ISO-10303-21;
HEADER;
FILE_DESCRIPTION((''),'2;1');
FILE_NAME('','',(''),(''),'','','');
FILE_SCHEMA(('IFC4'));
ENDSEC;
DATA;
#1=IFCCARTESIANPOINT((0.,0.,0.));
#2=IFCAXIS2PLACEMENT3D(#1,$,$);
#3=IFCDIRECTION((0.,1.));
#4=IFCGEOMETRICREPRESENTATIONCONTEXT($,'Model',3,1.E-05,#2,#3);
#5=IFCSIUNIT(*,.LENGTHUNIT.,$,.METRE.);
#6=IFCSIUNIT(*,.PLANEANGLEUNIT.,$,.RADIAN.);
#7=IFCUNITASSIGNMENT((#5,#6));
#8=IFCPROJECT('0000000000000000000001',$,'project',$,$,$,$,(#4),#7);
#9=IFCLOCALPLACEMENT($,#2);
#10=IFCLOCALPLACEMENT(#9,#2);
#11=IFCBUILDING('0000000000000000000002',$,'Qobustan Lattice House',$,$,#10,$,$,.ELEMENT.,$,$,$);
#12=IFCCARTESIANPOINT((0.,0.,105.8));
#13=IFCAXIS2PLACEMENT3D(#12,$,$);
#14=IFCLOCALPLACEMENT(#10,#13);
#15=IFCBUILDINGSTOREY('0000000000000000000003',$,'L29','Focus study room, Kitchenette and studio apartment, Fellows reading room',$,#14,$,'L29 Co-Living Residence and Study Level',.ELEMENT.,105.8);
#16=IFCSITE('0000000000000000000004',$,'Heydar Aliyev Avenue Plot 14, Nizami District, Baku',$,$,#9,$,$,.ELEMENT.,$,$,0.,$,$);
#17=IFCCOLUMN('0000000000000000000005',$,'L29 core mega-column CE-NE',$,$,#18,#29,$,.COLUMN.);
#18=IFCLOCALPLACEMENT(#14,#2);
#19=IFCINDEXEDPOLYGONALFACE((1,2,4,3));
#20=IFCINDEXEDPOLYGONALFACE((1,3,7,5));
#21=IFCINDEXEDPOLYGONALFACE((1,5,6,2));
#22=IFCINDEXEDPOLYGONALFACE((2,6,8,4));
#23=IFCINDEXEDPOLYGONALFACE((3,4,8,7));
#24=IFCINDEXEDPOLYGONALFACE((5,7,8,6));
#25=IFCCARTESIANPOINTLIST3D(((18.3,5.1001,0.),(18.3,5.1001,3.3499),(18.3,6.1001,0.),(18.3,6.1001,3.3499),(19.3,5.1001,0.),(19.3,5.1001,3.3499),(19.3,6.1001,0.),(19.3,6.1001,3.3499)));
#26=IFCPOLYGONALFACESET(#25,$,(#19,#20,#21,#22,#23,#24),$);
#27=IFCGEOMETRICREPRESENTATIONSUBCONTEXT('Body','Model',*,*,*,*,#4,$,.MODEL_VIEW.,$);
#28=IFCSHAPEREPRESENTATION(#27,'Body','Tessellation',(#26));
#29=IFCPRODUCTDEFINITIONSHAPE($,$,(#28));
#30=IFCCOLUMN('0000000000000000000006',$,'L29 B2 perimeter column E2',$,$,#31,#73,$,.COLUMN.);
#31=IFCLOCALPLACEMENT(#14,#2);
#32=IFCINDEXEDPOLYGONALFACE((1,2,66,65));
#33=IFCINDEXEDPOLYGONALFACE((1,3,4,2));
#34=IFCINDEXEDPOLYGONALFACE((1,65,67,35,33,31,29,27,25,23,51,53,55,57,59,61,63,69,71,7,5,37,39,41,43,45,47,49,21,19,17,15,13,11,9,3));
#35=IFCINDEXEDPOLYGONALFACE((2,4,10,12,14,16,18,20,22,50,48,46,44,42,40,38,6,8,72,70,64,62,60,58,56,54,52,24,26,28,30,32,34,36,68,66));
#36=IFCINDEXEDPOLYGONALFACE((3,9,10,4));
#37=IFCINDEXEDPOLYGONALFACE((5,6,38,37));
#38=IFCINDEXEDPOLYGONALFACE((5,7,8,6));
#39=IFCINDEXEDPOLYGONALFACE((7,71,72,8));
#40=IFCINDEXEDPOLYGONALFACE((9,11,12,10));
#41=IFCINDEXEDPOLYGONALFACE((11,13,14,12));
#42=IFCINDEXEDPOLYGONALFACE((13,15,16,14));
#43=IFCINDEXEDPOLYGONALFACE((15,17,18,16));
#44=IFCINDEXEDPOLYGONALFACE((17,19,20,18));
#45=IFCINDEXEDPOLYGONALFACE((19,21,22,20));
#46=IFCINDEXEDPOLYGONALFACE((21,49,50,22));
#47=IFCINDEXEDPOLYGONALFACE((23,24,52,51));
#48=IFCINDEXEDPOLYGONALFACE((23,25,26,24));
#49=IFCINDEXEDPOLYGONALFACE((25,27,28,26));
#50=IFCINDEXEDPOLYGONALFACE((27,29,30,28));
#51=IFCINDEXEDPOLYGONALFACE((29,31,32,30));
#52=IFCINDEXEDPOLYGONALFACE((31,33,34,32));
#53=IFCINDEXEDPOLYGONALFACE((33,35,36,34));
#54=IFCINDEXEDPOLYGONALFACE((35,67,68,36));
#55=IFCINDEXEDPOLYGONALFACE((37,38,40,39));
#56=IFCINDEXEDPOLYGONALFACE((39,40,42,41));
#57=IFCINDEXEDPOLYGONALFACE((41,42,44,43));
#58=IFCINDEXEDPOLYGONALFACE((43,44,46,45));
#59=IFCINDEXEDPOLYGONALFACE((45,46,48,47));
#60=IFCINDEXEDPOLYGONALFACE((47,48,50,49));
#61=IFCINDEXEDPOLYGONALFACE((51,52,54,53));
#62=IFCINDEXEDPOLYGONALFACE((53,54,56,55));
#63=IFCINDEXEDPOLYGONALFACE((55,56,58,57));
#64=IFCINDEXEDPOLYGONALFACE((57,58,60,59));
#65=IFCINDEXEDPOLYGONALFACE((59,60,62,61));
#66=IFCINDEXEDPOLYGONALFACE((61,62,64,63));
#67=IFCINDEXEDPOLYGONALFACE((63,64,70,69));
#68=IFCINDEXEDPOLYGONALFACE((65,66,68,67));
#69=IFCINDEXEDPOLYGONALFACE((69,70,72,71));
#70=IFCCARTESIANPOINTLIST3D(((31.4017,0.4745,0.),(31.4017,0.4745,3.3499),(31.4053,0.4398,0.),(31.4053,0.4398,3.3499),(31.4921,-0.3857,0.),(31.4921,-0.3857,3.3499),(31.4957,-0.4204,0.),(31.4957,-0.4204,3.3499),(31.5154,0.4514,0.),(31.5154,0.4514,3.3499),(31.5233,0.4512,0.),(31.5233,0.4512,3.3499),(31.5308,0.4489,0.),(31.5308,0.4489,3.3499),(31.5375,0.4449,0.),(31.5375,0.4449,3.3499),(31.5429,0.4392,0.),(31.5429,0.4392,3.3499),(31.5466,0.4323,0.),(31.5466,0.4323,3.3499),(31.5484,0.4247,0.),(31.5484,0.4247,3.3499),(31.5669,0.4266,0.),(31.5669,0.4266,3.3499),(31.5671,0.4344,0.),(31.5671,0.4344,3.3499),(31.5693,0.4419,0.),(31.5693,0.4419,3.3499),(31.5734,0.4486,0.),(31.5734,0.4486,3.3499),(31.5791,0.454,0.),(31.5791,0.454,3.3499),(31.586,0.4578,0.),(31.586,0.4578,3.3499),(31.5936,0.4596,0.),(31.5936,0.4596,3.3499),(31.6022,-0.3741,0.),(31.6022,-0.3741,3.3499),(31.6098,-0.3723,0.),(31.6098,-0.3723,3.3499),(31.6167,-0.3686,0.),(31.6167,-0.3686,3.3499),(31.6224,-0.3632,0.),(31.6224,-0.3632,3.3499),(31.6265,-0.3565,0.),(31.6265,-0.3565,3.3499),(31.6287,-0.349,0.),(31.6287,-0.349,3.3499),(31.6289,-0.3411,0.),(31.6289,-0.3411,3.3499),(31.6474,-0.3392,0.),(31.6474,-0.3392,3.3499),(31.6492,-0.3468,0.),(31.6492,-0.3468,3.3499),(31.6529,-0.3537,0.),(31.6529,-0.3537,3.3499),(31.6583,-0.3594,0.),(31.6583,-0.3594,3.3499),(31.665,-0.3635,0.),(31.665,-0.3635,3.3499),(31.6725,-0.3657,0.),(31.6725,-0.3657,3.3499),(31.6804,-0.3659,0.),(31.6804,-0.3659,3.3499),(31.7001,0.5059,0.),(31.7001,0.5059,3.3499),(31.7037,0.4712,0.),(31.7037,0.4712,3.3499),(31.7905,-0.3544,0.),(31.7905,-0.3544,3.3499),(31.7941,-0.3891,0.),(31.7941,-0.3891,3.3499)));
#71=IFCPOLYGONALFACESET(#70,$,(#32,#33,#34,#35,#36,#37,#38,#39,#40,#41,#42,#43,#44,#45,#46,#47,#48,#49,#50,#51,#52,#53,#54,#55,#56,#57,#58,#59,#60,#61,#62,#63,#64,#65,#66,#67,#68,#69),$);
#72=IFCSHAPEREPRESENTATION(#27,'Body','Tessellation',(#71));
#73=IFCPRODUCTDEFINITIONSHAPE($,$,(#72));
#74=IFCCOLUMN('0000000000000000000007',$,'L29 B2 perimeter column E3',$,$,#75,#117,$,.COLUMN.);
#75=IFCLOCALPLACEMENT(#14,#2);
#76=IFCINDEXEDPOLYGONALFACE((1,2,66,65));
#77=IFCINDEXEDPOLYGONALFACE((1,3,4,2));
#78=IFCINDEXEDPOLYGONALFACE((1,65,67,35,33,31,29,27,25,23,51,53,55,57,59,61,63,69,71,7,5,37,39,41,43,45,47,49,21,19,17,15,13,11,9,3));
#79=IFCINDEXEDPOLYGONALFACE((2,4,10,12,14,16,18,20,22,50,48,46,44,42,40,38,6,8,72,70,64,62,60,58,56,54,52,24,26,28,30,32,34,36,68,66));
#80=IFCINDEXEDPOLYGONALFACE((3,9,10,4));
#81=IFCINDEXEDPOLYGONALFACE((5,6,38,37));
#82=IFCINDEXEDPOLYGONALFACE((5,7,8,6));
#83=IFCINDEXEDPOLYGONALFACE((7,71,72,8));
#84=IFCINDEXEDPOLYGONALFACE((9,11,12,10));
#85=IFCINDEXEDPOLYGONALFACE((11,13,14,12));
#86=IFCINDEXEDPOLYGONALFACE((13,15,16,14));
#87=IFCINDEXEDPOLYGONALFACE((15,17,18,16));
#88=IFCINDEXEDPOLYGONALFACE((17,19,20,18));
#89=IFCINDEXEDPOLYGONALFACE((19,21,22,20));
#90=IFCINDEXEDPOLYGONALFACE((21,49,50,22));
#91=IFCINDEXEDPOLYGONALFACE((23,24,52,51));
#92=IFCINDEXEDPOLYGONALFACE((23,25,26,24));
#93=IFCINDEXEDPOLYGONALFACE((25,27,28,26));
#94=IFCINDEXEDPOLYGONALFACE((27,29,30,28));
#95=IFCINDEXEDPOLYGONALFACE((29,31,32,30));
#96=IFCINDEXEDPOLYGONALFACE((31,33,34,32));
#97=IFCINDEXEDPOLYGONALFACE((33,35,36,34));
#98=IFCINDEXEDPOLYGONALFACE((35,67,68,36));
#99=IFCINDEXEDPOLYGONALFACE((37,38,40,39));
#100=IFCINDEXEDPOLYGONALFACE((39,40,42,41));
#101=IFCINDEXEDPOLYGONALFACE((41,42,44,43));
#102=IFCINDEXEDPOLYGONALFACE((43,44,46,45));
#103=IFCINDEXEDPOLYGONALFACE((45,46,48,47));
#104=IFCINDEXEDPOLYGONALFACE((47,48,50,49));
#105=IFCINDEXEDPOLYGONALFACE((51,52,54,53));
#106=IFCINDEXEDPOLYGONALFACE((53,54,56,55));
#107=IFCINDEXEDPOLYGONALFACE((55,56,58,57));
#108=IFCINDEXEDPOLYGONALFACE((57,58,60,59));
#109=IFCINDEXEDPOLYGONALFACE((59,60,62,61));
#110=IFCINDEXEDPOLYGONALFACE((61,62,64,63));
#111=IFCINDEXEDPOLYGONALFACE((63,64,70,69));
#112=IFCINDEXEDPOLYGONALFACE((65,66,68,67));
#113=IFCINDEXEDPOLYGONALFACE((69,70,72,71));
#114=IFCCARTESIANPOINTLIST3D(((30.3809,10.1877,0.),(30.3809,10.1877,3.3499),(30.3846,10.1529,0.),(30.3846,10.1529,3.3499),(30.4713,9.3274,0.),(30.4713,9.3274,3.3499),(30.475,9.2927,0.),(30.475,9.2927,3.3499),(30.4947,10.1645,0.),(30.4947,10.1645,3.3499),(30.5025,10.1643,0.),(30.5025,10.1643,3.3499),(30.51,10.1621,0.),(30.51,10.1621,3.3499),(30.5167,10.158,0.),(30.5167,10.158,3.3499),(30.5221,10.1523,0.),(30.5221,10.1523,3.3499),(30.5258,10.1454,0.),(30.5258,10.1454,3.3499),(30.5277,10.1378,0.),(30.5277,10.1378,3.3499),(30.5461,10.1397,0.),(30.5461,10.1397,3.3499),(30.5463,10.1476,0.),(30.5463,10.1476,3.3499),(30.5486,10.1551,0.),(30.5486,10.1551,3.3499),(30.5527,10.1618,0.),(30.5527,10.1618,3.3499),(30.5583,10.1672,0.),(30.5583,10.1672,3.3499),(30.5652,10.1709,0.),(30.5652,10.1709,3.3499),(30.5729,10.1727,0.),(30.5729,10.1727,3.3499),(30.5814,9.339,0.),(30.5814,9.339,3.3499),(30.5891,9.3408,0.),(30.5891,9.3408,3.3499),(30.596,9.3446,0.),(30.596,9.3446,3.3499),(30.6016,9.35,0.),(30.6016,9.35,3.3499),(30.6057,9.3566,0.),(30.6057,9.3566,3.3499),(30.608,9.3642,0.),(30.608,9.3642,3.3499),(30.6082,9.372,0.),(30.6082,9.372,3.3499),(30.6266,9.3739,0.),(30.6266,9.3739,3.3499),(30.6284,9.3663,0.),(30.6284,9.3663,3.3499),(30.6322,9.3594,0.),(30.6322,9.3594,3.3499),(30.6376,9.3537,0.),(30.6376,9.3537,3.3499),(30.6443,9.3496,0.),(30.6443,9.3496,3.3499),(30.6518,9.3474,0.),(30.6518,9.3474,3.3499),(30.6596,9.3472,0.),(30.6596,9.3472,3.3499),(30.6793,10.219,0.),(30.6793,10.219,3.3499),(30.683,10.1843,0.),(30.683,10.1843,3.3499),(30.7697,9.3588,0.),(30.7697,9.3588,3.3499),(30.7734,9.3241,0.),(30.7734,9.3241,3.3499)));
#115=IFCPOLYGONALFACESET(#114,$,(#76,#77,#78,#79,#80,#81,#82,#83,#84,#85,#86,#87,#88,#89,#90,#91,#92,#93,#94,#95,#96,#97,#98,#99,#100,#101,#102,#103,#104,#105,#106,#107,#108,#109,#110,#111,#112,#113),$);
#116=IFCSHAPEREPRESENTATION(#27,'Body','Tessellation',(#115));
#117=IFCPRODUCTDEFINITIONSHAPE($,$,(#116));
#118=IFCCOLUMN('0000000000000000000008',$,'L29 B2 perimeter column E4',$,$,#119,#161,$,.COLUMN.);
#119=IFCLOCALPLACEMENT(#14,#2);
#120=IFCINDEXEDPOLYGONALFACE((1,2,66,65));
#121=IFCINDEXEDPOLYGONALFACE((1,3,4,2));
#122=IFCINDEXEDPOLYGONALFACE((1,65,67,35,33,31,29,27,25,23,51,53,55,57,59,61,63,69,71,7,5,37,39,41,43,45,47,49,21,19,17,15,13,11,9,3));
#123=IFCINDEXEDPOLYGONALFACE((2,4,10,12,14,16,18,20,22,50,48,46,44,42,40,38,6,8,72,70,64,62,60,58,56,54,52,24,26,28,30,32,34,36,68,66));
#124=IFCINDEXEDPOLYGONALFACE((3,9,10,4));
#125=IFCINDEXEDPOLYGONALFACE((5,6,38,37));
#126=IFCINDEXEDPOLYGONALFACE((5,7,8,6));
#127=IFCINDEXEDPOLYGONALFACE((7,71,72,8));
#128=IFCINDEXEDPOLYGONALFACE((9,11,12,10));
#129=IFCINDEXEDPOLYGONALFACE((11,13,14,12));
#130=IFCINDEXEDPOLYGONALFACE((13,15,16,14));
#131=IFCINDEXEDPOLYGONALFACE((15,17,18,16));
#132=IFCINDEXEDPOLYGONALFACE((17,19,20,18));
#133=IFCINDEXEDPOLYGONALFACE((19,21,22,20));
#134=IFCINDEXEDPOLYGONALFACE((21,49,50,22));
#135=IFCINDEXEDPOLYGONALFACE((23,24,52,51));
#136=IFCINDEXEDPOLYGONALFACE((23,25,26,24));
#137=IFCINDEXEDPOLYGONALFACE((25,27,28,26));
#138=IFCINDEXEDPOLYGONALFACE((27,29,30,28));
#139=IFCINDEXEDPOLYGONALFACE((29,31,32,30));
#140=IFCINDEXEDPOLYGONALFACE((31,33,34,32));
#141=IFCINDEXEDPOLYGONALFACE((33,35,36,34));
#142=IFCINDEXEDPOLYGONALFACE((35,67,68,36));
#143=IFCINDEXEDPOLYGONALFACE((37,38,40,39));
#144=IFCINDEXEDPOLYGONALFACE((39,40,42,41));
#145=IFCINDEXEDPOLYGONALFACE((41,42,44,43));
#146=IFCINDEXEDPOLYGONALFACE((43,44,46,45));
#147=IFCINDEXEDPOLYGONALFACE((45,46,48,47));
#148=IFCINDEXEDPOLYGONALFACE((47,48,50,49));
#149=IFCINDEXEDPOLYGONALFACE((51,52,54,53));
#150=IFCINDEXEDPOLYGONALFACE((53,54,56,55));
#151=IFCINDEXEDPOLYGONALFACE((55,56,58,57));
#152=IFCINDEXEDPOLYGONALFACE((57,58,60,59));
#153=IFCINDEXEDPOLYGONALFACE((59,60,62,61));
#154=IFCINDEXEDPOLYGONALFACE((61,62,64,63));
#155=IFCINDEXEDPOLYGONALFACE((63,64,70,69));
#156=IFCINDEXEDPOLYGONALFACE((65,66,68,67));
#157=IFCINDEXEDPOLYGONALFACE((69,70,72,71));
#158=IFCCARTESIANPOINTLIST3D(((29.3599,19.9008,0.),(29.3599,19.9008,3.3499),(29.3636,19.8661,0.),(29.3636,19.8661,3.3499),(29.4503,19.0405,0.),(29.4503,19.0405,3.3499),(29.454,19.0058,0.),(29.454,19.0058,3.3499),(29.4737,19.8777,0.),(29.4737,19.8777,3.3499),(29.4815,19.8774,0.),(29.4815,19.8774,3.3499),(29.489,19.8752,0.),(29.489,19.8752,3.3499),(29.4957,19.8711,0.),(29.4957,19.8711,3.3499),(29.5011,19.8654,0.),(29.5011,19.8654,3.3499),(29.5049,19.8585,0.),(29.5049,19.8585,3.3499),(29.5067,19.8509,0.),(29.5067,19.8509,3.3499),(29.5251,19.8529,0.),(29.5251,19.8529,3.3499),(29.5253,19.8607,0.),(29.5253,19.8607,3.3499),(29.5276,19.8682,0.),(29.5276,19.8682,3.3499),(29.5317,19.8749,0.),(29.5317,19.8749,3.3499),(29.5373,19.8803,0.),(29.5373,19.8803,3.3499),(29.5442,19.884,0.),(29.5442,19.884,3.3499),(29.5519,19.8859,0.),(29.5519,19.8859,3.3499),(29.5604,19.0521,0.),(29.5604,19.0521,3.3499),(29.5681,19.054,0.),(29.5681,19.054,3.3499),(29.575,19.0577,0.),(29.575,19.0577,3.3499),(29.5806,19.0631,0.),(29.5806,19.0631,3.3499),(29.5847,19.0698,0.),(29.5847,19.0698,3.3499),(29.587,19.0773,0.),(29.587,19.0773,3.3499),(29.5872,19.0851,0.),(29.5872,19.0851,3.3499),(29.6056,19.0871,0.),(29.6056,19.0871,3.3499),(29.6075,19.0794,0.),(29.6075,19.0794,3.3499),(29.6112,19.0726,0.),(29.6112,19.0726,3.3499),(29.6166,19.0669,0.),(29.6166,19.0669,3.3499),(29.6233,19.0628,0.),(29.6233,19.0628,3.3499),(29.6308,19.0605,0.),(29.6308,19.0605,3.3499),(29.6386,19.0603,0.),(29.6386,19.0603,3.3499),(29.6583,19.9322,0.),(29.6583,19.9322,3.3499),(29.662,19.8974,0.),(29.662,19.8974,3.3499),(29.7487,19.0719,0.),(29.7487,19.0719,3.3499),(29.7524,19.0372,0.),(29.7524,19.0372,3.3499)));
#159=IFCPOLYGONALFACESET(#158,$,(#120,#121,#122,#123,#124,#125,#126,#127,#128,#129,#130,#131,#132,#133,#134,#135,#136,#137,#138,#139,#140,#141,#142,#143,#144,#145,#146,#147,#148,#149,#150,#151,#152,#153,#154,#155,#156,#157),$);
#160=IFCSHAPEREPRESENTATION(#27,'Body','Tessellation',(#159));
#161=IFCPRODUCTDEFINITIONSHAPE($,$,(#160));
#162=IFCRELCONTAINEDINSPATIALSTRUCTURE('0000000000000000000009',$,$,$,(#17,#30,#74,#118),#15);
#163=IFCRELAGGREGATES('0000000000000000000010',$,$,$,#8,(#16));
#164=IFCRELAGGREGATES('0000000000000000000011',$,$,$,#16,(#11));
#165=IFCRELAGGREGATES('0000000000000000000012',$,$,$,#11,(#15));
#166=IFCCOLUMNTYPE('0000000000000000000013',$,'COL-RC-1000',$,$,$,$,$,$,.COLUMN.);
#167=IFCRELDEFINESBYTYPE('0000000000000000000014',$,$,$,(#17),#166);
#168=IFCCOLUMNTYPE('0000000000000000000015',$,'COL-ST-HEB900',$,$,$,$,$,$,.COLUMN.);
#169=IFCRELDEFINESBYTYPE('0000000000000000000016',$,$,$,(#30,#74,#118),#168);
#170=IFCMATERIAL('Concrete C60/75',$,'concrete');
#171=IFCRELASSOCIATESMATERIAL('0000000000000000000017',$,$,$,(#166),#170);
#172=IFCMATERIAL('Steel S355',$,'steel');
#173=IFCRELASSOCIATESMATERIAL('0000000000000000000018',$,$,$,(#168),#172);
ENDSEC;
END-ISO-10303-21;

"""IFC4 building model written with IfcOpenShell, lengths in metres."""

from ifc_helpers import new_model, si_unit, direction, frame, origin, origin_2d, place, context, subcontext, project, spatial, rectangle, i_section, extrude, material, material_profile, profile_set, type_object, element, save


model = new_model("IFC4")

# Units and contexts
model_context = context("Model", 3, precision=1e-05, world=origin(), true_north=direction((0.0, 1.0)))
body_context = subcontext(model_context, "Body", "Model", "MODEL_VIEW")
ifc_project = project(units=[si_unit("LENGTHUNIT", "METRE"), si_unit("PLANEANGLEUNIT", "RADIAN")], contexts=[model_context])

# Site, building, storey
site_placement = place(None, origin())
site = spatial("IfcSite", under=ifc_project, at=site_placement, Name="Heydar Aliyev Avenue Plot 14, Nizami District, Baku", CompositionType="ELEMENT", RefElevation=0.0)
building_placement = place(site_placement, origin())
building = spatial("IfcBuilding", under=site, at=building_placement, Name="Qobustan Lattice House", CompositionType="ELEMENT")
storey_placement = place(building_placement, frame((0.0, 0.0, 105.8)))
storey = spatial("IfcBuildingStorey", under=building, at=storey_placement, Name="L29", Description="Focus study room, Kitchenette and studio apartment, Fellows reading room", LongName="L29 Co-Living Residence and Study Level", CompositionType="ELEMENT", Elevation=105.8)

# Columns
ifc_material_1 = material(Name="Concrete C60/75", Category="concrete")
ifc_material_profile_1 = material_profile(ifc_material_1, rectangle(XDim=1.0, YDim=1.0, at=origin_2d()), Name="RC1000x1000")
ifc_profile_set_1 = profile_set([ifc_material_profile_1], Name="Concrete C60/75")
column_type_1 = type_object("IfcColumnType", Name="COL-RC-1000", PredefinedType="COLUMN", material=ifc_profile_set_1)
column_1_placement = place(storey_placement, frame((18.8, 5.6001, 0.0), z_axis=(0.0, 0.0, 1.0), x_axis=(1.0, 0.0, 0.0)))
element("IfcColumn", 1, at=column_1_placement, inside=storey, type_object=column_type_1, Name="L29 core mega-column CE-NE", PredefinedType="COLUMN", context=body_context, shape_type="SweptSolid", body=[
    extrude(rectangle(XDim=1.0, YDim=1.0, at=origin_2d()), origin(), (0.0, 0.0, 1.0), 3.3499),
])
ifc_material_2 = material(Name="Steel S355", Category="steel")
ifc_material_profile_2 = material_profile(ifc_material_2, i_section(OverallWidth=0.3, OverallDepth=0.8999, WebThickness=0.0186, FlangeThickness=0.0349, FilletRadius=0.03, at=origin_2d()), Name="HEB900")
ifc_profile_set_2 = profile_set([ifc_material_profile_2], Name="Steel S355")
column_type_2 = type_object("IfcColumnType", Name="COL-ST-HEB900", PredefinedType="COLUMN", material=ifc_profile_set_2)
for number, where, z_axis, x_axis, name in (
    (2, (31.5979, 0.0427, 0.0), (0.0, 0.0, 1.0), (0.994522, 0.104528, 0.0), "L29 B2 perimeter column E2"),
    (3, (30.5771, 9.7559, 0.0), (0.0, 0.0, 1.0), (0.994522, 0.104528, 0.0), "L29 B2 perimeter column E3"),
    (4, (29.5562, 19.469, 0.0), (0.0, 0.0, 1.0), (0.994522, 0.104528, 0.0), "L29 B2 perimeter column E4"),
):
    element("IfcColumn", number, at=place(storey_placement, frame(where, z_axis=z_axis, x_axis=x_axis)), inside=storey, type_object=column_type_2, Name=name, PredefinedType="COLUMN", context=body_context, shape_type="SweptSolid", body=[
        extrude(i_section(OverallWidth=0.3, OverallDepth=0.8999, WebThickness=0.0186, FlangeThickness=0.0349, FilletRadius=0.03, at=origin_2d()), origin(), (0.0, 0.0, 1.0), 3.3499),
    ])

save(model, "model.ifc")
